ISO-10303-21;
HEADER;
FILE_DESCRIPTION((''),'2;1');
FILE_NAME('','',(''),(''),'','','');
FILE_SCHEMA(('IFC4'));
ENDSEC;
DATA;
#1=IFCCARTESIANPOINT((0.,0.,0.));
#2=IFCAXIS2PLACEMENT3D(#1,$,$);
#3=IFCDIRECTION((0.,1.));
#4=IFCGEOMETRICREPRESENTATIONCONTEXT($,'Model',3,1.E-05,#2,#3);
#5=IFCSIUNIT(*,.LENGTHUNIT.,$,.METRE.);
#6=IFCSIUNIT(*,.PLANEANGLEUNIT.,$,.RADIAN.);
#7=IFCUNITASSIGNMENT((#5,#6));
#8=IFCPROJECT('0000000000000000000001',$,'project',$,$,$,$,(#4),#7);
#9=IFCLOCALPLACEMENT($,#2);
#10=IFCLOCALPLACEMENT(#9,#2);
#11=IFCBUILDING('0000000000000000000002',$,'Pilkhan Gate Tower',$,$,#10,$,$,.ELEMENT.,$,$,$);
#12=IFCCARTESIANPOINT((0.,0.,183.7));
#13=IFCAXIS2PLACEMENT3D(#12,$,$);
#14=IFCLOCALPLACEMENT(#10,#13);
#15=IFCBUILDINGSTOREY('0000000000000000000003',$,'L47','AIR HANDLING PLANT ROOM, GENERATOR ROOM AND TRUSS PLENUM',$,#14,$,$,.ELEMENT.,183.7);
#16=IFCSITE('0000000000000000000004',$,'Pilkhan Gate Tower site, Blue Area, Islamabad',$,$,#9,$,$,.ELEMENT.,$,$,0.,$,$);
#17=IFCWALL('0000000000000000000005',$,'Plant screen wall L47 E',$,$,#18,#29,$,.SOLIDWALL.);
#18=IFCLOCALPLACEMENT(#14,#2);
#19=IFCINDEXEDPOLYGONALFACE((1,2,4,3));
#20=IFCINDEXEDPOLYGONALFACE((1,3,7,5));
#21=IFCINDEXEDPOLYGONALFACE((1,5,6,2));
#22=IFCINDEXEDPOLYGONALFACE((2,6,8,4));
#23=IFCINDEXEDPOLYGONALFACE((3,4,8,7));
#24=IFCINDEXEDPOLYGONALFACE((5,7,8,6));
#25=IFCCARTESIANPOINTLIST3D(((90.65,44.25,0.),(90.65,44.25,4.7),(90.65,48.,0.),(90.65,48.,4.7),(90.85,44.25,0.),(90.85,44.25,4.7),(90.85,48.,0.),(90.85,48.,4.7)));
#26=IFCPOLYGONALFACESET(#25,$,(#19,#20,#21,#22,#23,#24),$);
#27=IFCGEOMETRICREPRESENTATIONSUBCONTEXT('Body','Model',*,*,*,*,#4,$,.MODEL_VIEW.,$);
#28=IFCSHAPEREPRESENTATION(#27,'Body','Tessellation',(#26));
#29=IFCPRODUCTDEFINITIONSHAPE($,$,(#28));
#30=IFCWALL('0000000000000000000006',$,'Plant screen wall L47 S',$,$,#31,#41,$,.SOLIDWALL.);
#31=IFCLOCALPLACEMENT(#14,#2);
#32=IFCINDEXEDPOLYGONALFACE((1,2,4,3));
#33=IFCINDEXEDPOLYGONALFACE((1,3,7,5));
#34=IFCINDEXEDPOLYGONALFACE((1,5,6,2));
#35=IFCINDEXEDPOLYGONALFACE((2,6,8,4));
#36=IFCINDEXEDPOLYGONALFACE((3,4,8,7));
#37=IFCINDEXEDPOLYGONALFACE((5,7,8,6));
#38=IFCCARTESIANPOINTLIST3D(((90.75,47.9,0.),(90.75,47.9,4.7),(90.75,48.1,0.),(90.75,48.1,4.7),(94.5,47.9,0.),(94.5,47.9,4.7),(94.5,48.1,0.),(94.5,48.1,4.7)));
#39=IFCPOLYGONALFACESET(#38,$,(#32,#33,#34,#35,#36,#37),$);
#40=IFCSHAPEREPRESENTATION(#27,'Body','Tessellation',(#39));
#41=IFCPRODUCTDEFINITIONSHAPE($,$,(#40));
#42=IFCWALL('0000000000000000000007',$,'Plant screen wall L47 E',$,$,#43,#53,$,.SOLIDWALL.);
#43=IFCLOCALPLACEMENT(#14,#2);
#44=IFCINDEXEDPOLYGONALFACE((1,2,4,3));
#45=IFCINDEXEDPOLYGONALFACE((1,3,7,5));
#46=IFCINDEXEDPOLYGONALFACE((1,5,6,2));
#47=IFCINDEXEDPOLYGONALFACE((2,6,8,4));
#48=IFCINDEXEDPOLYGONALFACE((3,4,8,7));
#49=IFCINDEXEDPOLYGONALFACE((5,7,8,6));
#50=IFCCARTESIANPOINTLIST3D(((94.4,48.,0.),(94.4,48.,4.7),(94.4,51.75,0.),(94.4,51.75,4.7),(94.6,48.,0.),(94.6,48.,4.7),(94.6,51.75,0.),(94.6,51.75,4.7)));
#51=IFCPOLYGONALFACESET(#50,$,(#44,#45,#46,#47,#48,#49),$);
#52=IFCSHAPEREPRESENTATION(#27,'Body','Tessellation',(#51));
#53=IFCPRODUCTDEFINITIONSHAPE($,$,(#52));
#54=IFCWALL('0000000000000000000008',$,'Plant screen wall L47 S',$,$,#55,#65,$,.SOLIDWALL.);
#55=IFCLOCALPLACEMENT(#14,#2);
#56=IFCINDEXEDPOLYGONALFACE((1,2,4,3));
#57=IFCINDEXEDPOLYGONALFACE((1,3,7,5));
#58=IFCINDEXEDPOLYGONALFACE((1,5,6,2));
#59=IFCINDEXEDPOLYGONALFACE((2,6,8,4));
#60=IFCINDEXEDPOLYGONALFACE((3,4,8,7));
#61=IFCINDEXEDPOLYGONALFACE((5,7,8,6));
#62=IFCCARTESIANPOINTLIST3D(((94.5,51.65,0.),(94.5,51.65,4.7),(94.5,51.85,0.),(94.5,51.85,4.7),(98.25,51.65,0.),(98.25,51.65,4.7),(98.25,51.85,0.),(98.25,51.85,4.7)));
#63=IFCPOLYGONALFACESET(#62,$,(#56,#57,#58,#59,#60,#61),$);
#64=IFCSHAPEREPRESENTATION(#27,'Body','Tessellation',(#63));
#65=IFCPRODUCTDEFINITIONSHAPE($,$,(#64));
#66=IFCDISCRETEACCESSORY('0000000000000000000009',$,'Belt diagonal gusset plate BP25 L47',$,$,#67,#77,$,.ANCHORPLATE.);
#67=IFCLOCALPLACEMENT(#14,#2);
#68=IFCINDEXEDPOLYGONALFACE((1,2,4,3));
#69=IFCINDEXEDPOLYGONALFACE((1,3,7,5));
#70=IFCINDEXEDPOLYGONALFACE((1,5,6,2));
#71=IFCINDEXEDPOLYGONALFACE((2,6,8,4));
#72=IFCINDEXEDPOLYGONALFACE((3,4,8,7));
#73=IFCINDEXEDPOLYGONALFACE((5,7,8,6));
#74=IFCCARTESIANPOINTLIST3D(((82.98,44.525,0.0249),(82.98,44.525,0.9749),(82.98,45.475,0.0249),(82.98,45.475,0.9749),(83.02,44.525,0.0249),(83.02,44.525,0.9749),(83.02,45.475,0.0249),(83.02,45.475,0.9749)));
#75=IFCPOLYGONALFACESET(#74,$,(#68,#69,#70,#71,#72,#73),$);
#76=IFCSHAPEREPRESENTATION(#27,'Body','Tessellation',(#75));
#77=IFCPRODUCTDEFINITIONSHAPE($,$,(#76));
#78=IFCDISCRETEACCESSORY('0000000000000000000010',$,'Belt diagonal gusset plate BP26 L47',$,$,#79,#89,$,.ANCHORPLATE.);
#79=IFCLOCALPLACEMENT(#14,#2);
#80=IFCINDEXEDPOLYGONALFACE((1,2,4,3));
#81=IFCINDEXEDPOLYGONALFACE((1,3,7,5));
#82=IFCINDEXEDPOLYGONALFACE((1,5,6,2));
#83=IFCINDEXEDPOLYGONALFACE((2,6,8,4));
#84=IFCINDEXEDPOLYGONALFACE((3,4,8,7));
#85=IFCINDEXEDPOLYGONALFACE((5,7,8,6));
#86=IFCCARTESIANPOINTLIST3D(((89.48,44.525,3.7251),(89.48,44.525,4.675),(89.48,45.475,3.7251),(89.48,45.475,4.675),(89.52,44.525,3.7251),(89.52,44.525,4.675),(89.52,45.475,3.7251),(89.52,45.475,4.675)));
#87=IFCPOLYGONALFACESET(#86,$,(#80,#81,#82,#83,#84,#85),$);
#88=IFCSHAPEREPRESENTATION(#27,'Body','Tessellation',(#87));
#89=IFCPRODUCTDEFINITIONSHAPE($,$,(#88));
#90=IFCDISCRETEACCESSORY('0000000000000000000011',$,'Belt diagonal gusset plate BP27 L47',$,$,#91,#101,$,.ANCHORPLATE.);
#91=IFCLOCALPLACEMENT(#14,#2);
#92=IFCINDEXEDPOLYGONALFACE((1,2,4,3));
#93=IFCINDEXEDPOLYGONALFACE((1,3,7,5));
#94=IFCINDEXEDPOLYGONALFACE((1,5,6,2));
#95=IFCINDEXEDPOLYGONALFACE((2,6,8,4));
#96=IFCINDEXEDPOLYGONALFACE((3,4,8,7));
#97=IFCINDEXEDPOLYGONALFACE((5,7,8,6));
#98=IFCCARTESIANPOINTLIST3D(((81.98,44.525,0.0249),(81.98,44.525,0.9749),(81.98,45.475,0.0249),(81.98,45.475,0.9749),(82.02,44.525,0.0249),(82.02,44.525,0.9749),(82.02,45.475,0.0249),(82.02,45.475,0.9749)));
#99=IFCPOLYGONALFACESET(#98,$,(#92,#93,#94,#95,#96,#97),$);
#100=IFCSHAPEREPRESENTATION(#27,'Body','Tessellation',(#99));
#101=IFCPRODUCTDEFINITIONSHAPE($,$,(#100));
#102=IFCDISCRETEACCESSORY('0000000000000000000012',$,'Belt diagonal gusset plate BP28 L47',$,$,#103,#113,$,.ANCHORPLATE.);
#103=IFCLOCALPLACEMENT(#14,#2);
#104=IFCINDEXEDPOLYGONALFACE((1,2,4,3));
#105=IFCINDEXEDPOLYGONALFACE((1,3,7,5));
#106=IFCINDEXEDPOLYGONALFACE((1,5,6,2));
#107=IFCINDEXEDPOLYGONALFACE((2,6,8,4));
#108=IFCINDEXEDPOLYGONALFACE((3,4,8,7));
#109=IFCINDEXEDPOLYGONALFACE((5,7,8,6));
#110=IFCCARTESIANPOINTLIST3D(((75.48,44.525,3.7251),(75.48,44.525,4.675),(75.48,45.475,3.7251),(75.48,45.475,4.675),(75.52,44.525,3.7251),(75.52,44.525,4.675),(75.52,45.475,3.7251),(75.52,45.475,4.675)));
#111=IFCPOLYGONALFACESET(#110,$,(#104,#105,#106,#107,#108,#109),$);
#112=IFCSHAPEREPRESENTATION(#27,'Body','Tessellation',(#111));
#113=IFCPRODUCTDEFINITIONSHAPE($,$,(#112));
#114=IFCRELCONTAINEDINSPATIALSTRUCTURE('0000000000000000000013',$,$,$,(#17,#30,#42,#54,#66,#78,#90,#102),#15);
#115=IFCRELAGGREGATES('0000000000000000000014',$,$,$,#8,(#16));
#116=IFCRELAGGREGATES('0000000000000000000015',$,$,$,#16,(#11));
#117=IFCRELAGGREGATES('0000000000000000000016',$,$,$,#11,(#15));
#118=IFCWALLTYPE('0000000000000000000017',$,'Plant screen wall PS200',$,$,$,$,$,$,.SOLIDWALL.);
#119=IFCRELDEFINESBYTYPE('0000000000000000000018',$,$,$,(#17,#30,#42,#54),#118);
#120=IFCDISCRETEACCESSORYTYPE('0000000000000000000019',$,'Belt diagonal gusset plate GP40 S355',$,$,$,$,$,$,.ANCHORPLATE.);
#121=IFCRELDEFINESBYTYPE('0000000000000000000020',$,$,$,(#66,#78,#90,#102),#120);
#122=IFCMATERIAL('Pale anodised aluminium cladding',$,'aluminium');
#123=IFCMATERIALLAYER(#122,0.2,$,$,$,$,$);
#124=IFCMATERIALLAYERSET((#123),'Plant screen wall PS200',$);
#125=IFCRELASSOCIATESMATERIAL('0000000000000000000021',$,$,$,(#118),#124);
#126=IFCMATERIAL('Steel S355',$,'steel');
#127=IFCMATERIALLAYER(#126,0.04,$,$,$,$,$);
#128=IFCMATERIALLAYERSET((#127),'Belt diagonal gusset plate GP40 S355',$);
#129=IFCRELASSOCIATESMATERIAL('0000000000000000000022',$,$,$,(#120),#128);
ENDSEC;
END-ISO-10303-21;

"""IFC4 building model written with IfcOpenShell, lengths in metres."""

from ifc_helpers import new_model, si_unit, direction, frame, frame_2d, origin, origin_2d, place, context, subcontext, project, spatial, rectangle, extrude, material, layer, layer_set, type_object, element, save


model = new_model("IFC4")

# Units and contexts
model_context = context("Model", 3, precision=1e-05, world=origin(), true_north=direction((0.0, 1.0)))
body_context = subcontext(model_context, "Body", "Model", "MODEL_VIEW")
ifc_project = project(units=[si_unit("LENGTHUNIT", "METRE"), si_unit("PLANEANGLEUNIT", "RADIAN")], contexts=[model_context])

# Site, building, storey
site_placement = place(None, origin())
site = spatial("IfcSite", under=ifc_project, at=site_placement, Name="Pilkhan Gate Tower site, Blue Area, Islamabad", CompositionType="ELEMENT", RefElevation=0.0)
building_placement = place(site_placement, origin())
building = spatial("IfcBuilding", under=site, at=building_placement, Name="Pilkhan Gate Tower", CompositionType="ELEMENT")
storey_placement = place(building_placement, frame((0.0, 0.0, 183.7)))
storey = spatial("IfcBuildingStorey", under=building, at=storey_placement, Name="L47", Description="AIR HANDLING PLANT ROOM, GENERATOR ROOM AND TRUSS PLENUM", CompositionType="ELEMENT", Elevation=183.7)

# Walls
ifc_material_1 = material(Name="Pale anodised aluminium cladding", Category="aluminium")
ifc_layer_1 = layer(ifc_material_1, 0.2)
ifc_layer_set_1 = layer_set([ifc_layer_1], Name="Plant screen wall PS200")
wall_type_1 = type_object("IfcWallType", Name="Plant screen wall PS200", PredefinedType="SOLIDWALL", material=ifc_layer_set_1)
for number, where, z_axis, x_axis, name in (
    (1, (90.75, 44.25, 0.0), (0.0, 0.0, 1.0), (0.0, 1.0, 0.0), "Plant screen wall L47 E"),
    (2, (90.75, 48.0, 0.0), (0.0, 0.0, 1.0), (1.0, 0.0, 0.0), "Plant screen wall L47 S"),
    (3, (94.5, 48.0, 0.0), (0.0, 0.0, 1.0), (0.0, 1.0, 0.0), "Plant screen wall L47 E"),
    (4, (94.5, 51.75, 0.0), (0.0, 0.0, 1.0), (1.0, 0.0, 0.0), "Plant screen wall L47 S"),
):
    element("IfcWall", number, at=place(storey_placement, frame(where, z_axis=z_axis, x_axis=x_axis)), inside=storey, type_object=wall_type_1, Name=name, PredefinedType="SOLIDWALL", context=body_context, shape_type="SweptSolid", body=[
        extrude(rectangle(XDim=3.75, YDim=0.2, at=frame_2d((1.875, 0.0))), origin(), (0.0, 0.0, 1.0), 4.7),
    ])

# Discrete accessories
ifc_material_2 = material(Name="Steel S355", Category="steel")
ifc_layer_2 = layer(ifc_material_2, 0.04)
ifc_layer_set_2 = layer_set([ifc_layer_2], Name="Belt diagonal gusset plate GP40 S355")
discrete_accessory_type = type_object("IfcDiscreteAccessoryType", Name="Belt diagonal gusset plate GP40 S355", PredefinedType="ANCHORPLATE", material=ifc_layer_set_2)
for number, where, z_axis, x_axis, name in (
    (5, (83.0, 45.0, 0.0249), (0.0, 0.0, 1.0), (1.0, 0.0, 0.0), "Belt diagonal gusset plate BP25 L47"),
    (6, (89.5, 45.0, 3.7251), (0.0, 0.0, 1.0), (1.0, 0.0, 0.0), "Belt diagonal gusset plate BP26 L47"),
    (7, (82.0, 45.0, 0.0249), (0.0, 0.0, 1.0), (1.0, 0.0, 0.0), "Belt diagonal gusset plate BP27 L47"),
    (8, (75.5, 45.0, 3.7251), (0.0, 0.0, 1.0), (1.0, 0.0, 0.0), "Belt diagonal gusset plate BP28 L47"),
):
    element("IfcDiscreteAccessory", number, at=place(storey_placement, frame(where, z_axis=z_axis, x_axis=x_axis)), inside=storey, type_object=discrete_accessory_type, Name=name, PredefinedType="ANCHORPLATE", context=body_context, shape_type="SweptSolid", body=[
        extrude(rectangle(XDim=0.04, YDim=0.95, at=origin_2d()), origin(), (0.0, 0.0, 1.0), 0.95),
    ])

save(model, "model.ifc")
